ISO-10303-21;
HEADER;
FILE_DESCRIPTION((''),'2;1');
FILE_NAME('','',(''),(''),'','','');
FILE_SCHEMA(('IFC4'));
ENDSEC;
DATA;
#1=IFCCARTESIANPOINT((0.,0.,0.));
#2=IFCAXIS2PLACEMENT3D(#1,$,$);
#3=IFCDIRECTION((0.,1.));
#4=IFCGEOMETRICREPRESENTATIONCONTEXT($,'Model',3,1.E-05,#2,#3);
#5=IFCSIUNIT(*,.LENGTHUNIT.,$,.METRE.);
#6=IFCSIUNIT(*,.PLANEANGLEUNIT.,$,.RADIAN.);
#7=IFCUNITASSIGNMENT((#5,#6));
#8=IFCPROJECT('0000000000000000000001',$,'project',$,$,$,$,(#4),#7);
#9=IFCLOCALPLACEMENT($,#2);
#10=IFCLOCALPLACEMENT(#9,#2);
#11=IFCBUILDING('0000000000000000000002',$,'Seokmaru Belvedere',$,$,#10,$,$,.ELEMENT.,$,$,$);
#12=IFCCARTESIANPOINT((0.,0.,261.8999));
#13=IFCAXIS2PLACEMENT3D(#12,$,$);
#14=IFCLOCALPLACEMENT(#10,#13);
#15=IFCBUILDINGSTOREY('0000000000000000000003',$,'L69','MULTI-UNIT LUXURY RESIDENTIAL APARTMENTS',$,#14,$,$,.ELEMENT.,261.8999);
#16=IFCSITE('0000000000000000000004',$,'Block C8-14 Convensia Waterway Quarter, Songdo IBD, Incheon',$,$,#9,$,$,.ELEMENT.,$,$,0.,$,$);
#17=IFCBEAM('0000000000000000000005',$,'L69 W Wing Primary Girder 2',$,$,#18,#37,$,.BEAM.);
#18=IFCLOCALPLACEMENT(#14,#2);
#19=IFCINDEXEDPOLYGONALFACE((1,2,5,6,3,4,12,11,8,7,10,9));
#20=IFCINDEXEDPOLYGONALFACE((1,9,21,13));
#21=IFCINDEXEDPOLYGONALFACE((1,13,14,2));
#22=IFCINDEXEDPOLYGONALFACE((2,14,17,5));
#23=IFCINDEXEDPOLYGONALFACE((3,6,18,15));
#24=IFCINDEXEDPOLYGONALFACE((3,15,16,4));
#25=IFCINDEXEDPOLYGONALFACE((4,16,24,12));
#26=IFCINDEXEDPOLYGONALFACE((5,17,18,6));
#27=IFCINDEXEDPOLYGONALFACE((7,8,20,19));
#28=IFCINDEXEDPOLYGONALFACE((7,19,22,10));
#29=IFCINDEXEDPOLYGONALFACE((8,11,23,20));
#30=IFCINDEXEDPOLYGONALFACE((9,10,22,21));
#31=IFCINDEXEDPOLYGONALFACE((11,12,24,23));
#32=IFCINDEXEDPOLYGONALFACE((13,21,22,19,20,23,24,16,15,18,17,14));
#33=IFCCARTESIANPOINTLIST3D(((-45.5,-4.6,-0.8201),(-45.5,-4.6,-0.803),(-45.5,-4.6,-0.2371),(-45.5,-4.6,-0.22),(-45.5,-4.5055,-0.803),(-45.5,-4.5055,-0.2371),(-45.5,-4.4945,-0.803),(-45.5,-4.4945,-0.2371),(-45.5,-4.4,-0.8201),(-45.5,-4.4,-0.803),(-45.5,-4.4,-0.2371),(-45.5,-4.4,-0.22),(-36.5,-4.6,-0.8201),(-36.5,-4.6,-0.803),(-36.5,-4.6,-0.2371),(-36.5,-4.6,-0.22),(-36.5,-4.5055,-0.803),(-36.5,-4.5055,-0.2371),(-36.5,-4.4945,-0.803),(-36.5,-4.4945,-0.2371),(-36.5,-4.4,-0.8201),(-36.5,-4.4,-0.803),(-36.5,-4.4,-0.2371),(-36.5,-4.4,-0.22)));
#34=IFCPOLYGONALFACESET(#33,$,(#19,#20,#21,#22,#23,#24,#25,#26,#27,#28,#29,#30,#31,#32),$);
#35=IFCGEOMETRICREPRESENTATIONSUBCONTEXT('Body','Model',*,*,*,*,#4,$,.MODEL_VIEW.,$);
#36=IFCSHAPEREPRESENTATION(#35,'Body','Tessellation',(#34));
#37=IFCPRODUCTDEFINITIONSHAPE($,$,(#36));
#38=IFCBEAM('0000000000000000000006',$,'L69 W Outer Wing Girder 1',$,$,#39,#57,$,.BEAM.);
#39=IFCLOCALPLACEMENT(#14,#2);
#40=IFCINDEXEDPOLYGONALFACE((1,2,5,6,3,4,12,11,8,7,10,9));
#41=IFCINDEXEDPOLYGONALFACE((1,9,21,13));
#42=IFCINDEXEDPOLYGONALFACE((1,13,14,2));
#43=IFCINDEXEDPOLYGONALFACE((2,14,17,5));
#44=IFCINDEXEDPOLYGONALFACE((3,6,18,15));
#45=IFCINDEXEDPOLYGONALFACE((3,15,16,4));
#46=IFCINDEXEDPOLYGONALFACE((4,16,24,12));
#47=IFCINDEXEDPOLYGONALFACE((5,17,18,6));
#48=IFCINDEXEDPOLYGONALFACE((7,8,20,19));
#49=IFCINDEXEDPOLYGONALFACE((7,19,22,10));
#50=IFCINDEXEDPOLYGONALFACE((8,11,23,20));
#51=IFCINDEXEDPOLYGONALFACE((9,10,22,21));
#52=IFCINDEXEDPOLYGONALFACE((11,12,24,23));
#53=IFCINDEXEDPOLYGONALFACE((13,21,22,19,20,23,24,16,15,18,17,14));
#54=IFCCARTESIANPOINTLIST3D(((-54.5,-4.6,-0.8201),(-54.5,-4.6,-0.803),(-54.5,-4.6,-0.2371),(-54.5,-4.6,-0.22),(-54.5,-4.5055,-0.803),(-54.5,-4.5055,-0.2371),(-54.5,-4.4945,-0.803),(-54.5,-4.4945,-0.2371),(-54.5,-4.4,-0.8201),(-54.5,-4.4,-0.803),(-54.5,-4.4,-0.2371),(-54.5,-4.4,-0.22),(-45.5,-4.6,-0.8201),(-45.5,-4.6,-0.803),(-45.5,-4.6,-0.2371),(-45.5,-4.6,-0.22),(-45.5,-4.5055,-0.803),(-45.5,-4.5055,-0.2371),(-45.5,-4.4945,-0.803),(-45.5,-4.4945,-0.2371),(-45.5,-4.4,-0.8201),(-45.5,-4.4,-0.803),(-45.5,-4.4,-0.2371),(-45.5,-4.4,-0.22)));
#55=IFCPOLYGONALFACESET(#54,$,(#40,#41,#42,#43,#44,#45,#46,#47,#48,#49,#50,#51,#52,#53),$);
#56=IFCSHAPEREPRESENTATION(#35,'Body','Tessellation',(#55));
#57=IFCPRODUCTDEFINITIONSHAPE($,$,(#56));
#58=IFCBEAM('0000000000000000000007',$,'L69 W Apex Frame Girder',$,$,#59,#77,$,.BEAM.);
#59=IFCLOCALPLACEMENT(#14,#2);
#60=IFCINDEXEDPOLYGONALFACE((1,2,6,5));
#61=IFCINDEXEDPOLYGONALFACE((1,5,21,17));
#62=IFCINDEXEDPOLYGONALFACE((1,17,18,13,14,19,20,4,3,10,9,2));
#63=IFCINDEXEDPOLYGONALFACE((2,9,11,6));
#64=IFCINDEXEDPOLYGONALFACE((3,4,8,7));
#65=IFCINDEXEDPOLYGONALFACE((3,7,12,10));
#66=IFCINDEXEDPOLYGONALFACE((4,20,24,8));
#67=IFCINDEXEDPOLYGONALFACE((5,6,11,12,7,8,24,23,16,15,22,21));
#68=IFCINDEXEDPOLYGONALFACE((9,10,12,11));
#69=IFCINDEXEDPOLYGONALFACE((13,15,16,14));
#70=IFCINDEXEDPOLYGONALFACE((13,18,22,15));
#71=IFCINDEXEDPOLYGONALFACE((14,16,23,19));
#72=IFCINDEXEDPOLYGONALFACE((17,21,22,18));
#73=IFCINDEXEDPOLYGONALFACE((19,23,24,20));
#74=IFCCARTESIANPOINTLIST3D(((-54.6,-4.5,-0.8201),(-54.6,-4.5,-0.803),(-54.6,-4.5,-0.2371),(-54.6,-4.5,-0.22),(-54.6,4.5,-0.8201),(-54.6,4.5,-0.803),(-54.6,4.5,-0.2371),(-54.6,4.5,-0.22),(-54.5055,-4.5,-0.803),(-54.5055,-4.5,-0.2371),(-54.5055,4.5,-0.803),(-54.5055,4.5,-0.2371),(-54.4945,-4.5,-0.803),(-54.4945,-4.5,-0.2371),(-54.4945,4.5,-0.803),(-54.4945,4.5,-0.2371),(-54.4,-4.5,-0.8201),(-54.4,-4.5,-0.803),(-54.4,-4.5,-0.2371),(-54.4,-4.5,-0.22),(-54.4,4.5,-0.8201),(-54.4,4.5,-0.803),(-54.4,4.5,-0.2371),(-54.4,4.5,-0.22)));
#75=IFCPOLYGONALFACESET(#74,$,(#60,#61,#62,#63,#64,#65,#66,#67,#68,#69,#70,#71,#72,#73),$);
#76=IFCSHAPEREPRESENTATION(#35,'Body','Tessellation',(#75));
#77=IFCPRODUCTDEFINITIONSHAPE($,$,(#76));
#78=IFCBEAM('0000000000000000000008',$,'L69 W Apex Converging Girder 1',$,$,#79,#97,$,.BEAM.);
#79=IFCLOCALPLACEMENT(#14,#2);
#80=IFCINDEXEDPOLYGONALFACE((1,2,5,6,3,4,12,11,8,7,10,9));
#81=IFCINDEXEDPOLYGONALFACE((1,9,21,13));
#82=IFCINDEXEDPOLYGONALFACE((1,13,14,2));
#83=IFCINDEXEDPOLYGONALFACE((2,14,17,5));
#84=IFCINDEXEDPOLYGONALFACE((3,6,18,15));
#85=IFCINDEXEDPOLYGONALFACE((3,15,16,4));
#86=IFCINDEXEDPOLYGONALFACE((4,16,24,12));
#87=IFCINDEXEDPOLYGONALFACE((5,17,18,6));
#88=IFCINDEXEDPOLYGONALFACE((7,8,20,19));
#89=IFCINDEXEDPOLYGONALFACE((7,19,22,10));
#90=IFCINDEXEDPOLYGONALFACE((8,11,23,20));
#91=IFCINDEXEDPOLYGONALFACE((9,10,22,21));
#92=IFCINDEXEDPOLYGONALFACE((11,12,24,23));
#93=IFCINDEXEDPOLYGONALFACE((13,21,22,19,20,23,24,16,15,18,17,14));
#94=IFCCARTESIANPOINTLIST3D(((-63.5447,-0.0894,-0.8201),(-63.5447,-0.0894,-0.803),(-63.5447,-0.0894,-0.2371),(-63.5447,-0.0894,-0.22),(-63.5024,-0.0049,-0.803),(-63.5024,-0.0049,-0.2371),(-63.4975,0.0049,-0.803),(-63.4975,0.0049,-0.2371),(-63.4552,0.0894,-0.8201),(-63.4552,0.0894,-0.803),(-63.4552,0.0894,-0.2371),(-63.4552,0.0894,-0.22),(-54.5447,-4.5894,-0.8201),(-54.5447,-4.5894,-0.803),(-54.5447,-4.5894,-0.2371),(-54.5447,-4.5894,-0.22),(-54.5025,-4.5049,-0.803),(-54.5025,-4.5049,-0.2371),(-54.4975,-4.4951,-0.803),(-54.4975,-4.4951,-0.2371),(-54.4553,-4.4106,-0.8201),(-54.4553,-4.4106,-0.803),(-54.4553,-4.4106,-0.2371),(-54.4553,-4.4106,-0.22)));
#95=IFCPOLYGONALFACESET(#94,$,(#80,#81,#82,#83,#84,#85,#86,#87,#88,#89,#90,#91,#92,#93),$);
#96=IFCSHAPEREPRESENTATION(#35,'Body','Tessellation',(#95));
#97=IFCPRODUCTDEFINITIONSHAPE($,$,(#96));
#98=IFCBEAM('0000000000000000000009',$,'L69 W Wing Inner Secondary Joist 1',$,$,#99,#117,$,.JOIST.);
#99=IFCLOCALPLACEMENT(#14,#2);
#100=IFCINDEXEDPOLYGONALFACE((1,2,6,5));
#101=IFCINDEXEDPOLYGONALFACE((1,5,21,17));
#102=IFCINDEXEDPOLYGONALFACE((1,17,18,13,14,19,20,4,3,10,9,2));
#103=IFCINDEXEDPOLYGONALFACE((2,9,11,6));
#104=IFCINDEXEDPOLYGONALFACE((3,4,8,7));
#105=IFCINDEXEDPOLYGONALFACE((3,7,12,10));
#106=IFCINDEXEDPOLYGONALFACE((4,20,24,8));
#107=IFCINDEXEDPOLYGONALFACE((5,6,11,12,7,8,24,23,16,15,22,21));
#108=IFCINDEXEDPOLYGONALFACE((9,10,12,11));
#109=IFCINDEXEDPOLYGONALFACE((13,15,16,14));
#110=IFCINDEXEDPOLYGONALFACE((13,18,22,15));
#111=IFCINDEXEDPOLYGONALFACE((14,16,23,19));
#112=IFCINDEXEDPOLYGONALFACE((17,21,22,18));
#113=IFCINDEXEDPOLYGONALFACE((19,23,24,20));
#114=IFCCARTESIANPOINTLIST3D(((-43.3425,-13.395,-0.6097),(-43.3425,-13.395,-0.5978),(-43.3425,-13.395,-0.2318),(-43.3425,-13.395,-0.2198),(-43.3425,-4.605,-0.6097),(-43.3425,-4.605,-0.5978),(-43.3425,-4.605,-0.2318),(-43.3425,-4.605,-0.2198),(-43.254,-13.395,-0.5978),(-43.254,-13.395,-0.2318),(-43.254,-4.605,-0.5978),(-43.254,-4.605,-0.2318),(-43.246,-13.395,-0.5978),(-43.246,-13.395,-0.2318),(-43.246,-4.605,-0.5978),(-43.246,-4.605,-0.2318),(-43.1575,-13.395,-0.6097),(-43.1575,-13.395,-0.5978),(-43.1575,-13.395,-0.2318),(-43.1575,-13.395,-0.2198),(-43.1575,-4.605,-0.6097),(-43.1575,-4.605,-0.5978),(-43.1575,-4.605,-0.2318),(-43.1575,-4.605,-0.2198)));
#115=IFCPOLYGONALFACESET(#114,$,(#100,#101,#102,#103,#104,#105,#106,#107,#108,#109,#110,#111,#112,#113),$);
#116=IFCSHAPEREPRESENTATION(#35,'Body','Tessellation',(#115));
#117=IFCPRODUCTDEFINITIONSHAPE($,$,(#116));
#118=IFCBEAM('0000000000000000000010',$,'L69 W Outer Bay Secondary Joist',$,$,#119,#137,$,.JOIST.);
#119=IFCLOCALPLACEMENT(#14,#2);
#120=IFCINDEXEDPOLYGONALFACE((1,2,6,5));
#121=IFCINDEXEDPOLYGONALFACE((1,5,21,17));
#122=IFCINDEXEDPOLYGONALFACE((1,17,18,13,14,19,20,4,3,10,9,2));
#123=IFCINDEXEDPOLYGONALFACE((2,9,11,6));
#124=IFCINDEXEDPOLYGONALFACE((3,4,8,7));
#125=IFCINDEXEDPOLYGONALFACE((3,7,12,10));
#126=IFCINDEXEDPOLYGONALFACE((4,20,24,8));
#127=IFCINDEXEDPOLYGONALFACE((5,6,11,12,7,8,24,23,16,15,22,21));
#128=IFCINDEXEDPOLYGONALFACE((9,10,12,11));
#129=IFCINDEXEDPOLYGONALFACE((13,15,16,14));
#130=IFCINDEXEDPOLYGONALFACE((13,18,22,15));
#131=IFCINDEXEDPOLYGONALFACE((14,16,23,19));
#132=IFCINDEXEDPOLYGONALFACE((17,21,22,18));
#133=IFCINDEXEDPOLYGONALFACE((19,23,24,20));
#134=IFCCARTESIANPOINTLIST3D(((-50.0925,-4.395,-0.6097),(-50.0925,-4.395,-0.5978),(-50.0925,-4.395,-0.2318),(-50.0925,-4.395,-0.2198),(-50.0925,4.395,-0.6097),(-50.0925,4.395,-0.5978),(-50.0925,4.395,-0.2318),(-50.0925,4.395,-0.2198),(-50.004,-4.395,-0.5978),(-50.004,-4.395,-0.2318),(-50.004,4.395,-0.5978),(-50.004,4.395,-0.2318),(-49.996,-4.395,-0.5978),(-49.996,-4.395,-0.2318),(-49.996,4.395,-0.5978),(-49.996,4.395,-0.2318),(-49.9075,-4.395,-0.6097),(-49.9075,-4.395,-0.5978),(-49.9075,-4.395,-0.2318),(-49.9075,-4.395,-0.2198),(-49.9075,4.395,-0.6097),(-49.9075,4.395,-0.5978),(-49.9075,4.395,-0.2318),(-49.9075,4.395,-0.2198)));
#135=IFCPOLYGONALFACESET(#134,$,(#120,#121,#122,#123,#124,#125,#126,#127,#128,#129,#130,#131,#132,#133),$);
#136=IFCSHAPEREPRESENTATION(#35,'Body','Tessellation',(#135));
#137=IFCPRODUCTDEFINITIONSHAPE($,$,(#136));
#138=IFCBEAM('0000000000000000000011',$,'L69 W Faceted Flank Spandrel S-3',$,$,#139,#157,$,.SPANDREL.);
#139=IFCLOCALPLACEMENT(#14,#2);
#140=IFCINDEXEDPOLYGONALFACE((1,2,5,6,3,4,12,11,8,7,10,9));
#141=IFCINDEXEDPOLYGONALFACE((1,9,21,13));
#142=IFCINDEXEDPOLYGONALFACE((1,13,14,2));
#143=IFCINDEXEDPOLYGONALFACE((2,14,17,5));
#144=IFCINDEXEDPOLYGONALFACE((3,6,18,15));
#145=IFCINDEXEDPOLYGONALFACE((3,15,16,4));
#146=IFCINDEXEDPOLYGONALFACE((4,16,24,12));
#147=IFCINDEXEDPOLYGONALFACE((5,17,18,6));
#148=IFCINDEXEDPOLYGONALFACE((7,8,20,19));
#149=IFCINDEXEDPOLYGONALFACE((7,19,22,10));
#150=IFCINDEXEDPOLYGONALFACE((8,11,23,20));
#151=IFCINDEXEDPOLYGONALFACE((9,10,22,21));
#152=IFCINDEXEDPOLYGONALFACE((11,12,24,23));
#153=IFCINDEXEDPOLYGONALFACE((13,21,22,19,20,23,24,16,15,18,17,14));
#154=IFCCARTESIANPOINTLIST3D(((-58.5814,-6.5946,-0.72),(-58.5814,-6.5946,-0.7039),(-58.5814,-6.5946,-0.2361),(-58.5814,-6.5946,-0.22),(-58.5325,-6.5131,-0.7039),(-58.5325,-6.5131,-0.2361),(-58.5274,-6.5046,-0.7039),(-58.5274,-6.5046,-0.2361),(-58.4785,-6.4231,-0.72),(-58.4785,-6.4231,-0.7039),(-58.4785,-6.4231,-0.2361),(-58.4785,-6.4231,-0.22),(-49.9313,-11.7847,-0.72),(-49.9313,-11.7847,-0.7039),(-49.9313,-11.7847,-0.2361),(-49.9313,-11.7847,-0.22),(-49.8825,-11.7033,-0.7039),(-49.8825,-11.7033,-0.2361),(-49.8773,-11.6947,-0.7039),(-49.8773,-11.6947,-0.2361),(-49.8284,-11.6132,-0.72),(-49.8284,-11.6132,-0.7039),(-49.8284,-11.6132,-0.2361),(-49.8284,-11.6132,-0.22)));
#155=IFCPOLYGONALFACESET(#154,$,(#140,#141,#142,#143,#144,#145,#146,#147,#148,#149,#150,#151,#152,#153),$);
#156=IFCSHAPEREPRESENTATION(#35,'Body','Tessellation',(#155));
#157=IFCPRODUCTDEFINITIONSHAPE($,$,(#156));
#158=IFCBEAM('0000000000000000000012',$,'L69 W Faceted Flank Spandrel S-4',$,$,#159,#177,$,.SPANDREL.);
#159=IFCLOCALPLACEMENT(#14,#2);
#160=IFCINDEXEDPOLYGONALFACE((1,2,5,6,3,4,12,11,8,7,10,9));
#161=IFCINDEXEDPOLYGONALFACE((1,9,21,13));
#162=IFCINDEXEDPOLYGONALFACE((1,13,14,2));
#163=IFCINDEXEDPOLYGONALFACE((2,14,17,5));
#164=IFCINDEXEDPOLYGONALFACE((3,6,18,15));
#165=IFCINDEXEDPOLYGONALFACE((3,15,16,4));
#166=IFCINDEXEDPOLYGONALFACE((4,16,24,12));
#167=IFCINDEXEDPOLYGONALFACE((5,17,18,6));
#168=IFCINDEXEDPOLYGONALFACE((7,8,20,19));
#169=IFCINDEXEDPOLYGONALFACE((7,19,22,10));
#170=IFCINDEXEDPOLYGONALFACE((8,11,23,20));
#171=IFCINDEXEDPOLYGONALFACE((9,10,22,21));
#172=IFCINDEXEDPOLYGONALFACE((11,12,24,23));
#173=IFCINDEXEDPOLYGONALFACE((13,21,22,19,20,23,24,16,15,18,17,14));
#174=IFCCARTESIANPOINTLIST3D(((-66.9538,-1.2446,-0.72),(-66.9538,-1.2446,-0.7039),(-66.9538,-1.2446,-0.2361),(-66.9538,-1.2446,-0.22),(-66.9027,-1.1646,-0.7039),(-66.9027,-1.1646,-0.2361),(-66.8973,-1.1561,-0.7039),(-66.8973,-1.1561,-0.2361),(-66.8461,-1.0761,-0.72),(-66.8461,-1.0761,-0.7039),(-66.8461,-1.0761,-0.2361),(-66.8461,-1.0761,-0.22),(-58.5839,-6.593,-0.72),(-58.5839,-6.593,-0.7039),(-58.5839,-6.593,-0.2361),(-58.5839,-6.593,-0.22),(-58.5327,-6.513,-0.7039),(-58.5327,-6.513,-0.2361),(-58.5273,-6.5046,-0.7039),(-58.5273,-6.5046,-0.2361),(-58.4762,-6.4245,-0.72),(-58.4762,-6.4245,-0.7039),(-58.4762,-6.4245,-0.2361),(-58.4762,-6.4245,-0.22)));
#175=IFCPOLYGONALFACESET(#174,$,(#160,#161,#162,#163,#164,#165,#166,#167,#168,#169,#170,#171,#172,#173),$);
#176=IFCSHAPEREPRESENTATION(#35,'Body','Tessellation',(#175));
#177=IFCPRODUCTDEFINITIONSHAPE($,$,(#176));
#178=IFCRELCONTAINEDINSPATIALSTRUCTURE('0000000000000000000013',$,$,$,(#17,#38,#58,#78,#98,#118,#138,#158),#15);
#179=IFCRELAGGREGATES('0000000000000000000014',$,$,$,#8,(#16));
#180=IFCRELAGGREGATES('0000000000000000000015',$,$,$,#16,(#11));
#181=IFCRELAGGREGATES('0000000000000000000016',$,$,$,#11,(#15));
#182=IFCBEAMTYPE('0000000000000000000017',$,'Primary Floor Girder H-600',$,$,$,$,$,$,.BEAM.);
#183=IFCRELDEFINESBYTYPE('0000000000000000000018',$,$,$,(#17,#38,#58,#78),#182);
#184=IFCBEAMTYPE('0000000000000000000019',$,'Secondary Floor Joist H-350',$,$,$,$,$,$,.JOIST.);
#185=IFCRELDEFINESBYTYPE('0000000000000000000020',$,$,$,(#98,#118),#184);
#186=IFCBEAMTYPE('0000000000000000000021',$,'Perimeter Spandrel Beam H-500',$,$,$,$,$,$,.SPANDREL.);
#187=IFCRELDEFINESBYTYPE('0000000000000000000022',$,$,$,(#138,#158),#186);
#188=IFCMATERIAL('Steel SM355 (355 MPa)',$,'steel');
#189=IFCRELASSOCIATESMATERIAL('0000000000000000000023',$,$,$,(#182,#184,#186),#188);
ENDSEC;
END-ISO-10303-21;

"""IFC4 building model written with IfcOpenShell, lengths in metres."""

from ifc_helpers import new_model, si_unit, direction, frame, origin, origin_2d, place, context, subcontext, project, spatial, i_section, extrude, source, transform, mapped, material, material_profile, profile_set, type_object, type_shapes, element, save


model = new_model("IFC4")

# Units and contexts
model_context = context("Model", 3, precision=1e-05, world=origin(), true_north=direction((0.0, 1.0)))
body_context = subcontext(model_context, "Body", "Model", "MODEL_VIEW")
ifc_project = project(units=[si_unit("LENGTHUNIT", "METRE"), si_unit("PLANEANGLEUNIT", "RADIAN")], contexts=[model_context])

# Site, building, storey
site_placement = place(None, origin())
site = spatial("IfcSite", under=ifc_project, at=site_placement, Name="Block C8-14 Convensia Waterway Quarter, Songdo IBD, Incheon", CompositionType="ELEMENT", RefElevation=0.0)
building_placement = place(site_placement, origin())
building = spatial("IfcBuilding", under=site, at=building_placement, Name="Seokmaru Belvedere", CompositionType="ELEMENT")
storey_placement = place(building_placement, frame((0.0, 0.0, 261.8999)))
storey = spatial("IfcBuildingStorey", under=building, at=storey_placement, Name="L69", Description="MULTI-UNIT LUXURY RESIDENTIAL APARTMENTS", CompositionType="ELEMENT", Elevation=261.8999)

# Shared definitions
ifc_material_1 = material(Name="Steel SM355 (355 MPa)", Category="steel")

# Beams
ifc_material_profile_1 = material_profile(ifc_material_1, i_section(OverallWidth=0.2, OverallDepth=0.6001, WebThickness=0.011, FlangeThickness=0.0171, at=origin_2d()), Name="H-600x200x11x17")
ifc_profile_set_1 = profile_set([ifc_material_profile_1], Name="Steel SM355 (355 MPa)")
beam_type_1 = type_object("IfcBeamType", Name="Primary Floor Girder H-600", PredefinedType="BEAM", material=ifc_profile_set_1)
shared_shape_1 = source(origin(), body_context, "Body", "SweptSolid", [
    extrude(i_section(OverallWidth=0.2, OverallDepth=0.6001, WebThickness=0.011, FlangeThickness=0.0171, at=origin_2d()), origin(), (0.0, 0.0, 1.0), 9.0),
])
for number, where, z_axis, x_axis, name in (
    (1, (-45.5, -4.5, -0.52), (1.0, 0.0, 0.0), (0.0, 1.0, 0.0), "L69 W Wing Primary Girder 2"),
    (2, (-54.5, -4.5, -0.52), (1.0, 0.0, 0.0), (0.0, 1.0, 0.0), "L69 W Outer Wing Girder 1"),
    (3, (-54.5, -4.5, -0.52), (0.0, 1.0, 0.0), (-1.0, 0.0, 0.0), "L69 W Apex Frame Girder"),
):
    element("IfcBeam", number, at=place(storey_placement, frame(where, z_axis=z_axis, x_axis=x_axis)), inside=storey, type_object=beam_type_1, Name=name, PredefinedType="BEAM", context=body_context, shape_type="MappedRepresentation", body=[
        mapped(shared_shape_1, transform((0.0, 0.0, 0.0), scale=1.0)),
    ])
shared_shape_2 = source(origin(), body_context, "Body", "SweptSolid", [
    extrude(i_section(OverallWidth=0.2, OverallDepth=0.6001, WebThickness=0.011, FlangeThickness=0.0171, at=origin_2d()), origin(), (0.0, 0.0, 1.0), 10.0623),
])
beam_1_placement = place(storey_placement, frame((-54.5, -4.5, -0.52), z_axis=(-0.894427, 0.447214, 0.0), x_axis=(-0.447214, -0.894427, 0.0)))
element("IfcBeam", 4, at=beam_1_placement, inside=storey, type_object=beam_type_1, Name="L69 W Apex Converging Girder 1", PredefinedType="BEAM", context=body_context, shape_type="MappedRepresentation", body=[
    mapped(shared_shape_2, transform((0.0, 0.0, 0.0), scale=1.0)),
])
ifc_material_profile_2 = material_profile(ifc_material_1, i_section(OverallWidth=0.1851, OverallDepth=0.3899, WebThickness=0.0081, FlangeThickness=0.012, at=origin_2d()), Name="H-390x185x8x12")
ifc_profile_set_2 = profile_set([ifc_material_profile_2], Name="Steel SM355 (355 MPa)")
beam_type_2 = type_object("IfcBeamType", Name="Secondary Floor Joist H-350", PredefinedType="JOIST", material=ifc_profile_set_2)
shared_shape_3 = source(origin(), body_context, "Body", "SweptSolid", [
    extrude(i_section(OverallWidth=0.1851, OverallDepth=0.3899, WebThickness=0.0081, FlangeThickness=0.012, at=origin_2d()), origin(), (0.0, 0.0, 1.0), 8.79),
])
type_shapes(beam_type_2, [shared_shape_3])
for number, where, z_axis, x_axis, name in (
    (5, (-43.25, -13.395, -0.4148), (0.0, 1.0, 0.0), (-1.0, 0.0, 0.0), "L69 W Wing Inner Secondary Joist 1"),
    (6, (-50.0, -4.395, -0.4148), (0.0, 1.0, 0.0), (-1.0, 0.0, 0.0), "L69 W Outer Bay Secondary Joist"),
):
    element("IfcBeam", number, at=place(storey_placement, frame(where, z_axis=z_axis, x_axis=x_axis)), inside=storey, type_object=beam_type_2, Name=name, PredefinedType="JOIST", context=body_context, shape_type="MappedRepresentation", body=[
        mapped(shared_shape_3, transform((0.0, 0.0, 0.0), scale=1.0)),
    ])
ifc_material_profile_3 = material_profile(ifc_material_1, i_section(OverallWidth=0.2, OverallDepth=0.5, WebThickness=0.01, FlangeThickness=0.0161, at=origin_2d()), Name="H-500x200x10x16")
ifc_profile_set_3 = profile_set([ifc_material_profile_3], Name="Steel SM355 (355 MPa)")
beam_type_3 = type_object("IfcBeamType", Name="Perimeter Spandrel Beam H-500", PredefinedType="SPANDREL", material=ifc_profile_set_3)
shared_shape_4 = source(origin(), body_context, "Body", "SweptSolid", [
    extrude(i_section(OverallWidth=0.2, OverallDepth=0.5, WebThickness=0.01, FlangeThickness=0.0161, at=origin_2d()), origin(), (0.0, 0.0, 1.0), 10.0876),
])
beam_2_placement = place(storey_placement, frame((-49.8799, -11.699, -0.47), z_axis=(-0.857489, 0.514503, 0.0), x_axis=(-0.514503, -0.857489, 0.0)))
element("IfcBeam", 7, at=beam_2_placement, inside=storey, type_object=beam_type_3, Name="L69 W Faceted Flank Spandrel S-3", PredefinedType="SPANDREL", context=body_context, shape_type="MappedRepresentation", body=[
    mapped(shared_shape_4, transform((0.0, 0.0, 0.0), scale=1.0)),
])
shared_shape_5 = source(origin(), body_context, "Body", "SweptSolid", [
    extrude(i_section(OverallWidth=0.2, OverallDepth=0.5, WebThickness=0.01, FlangeThickness=0.0161, at=origin_2d()), origin(), (0.0, 0.0, 1.0), 9.9329),
])
beam_3_placement = place(storey_placement, frame((-58.53, -6.5088, -0.47), z_axis=(-0.842652, 0.538459, 0.0), x_axis=(-0.538459, -0.842652, 0.0)))
element("IfcBeam", 8, at=beam_3_placement, inside=storey, type_object=beam_type_3, Name="L69 W Faceted Flank Spandrel S-4", PredefinedType="SPANDREL", context=body_context, shape_type="MappedRepresentation", body=[
    mapped(shared_shape_5, transform((0.0, 0.0, 0.0), scale=1.0)),
])

save(model, "model.ifc")
